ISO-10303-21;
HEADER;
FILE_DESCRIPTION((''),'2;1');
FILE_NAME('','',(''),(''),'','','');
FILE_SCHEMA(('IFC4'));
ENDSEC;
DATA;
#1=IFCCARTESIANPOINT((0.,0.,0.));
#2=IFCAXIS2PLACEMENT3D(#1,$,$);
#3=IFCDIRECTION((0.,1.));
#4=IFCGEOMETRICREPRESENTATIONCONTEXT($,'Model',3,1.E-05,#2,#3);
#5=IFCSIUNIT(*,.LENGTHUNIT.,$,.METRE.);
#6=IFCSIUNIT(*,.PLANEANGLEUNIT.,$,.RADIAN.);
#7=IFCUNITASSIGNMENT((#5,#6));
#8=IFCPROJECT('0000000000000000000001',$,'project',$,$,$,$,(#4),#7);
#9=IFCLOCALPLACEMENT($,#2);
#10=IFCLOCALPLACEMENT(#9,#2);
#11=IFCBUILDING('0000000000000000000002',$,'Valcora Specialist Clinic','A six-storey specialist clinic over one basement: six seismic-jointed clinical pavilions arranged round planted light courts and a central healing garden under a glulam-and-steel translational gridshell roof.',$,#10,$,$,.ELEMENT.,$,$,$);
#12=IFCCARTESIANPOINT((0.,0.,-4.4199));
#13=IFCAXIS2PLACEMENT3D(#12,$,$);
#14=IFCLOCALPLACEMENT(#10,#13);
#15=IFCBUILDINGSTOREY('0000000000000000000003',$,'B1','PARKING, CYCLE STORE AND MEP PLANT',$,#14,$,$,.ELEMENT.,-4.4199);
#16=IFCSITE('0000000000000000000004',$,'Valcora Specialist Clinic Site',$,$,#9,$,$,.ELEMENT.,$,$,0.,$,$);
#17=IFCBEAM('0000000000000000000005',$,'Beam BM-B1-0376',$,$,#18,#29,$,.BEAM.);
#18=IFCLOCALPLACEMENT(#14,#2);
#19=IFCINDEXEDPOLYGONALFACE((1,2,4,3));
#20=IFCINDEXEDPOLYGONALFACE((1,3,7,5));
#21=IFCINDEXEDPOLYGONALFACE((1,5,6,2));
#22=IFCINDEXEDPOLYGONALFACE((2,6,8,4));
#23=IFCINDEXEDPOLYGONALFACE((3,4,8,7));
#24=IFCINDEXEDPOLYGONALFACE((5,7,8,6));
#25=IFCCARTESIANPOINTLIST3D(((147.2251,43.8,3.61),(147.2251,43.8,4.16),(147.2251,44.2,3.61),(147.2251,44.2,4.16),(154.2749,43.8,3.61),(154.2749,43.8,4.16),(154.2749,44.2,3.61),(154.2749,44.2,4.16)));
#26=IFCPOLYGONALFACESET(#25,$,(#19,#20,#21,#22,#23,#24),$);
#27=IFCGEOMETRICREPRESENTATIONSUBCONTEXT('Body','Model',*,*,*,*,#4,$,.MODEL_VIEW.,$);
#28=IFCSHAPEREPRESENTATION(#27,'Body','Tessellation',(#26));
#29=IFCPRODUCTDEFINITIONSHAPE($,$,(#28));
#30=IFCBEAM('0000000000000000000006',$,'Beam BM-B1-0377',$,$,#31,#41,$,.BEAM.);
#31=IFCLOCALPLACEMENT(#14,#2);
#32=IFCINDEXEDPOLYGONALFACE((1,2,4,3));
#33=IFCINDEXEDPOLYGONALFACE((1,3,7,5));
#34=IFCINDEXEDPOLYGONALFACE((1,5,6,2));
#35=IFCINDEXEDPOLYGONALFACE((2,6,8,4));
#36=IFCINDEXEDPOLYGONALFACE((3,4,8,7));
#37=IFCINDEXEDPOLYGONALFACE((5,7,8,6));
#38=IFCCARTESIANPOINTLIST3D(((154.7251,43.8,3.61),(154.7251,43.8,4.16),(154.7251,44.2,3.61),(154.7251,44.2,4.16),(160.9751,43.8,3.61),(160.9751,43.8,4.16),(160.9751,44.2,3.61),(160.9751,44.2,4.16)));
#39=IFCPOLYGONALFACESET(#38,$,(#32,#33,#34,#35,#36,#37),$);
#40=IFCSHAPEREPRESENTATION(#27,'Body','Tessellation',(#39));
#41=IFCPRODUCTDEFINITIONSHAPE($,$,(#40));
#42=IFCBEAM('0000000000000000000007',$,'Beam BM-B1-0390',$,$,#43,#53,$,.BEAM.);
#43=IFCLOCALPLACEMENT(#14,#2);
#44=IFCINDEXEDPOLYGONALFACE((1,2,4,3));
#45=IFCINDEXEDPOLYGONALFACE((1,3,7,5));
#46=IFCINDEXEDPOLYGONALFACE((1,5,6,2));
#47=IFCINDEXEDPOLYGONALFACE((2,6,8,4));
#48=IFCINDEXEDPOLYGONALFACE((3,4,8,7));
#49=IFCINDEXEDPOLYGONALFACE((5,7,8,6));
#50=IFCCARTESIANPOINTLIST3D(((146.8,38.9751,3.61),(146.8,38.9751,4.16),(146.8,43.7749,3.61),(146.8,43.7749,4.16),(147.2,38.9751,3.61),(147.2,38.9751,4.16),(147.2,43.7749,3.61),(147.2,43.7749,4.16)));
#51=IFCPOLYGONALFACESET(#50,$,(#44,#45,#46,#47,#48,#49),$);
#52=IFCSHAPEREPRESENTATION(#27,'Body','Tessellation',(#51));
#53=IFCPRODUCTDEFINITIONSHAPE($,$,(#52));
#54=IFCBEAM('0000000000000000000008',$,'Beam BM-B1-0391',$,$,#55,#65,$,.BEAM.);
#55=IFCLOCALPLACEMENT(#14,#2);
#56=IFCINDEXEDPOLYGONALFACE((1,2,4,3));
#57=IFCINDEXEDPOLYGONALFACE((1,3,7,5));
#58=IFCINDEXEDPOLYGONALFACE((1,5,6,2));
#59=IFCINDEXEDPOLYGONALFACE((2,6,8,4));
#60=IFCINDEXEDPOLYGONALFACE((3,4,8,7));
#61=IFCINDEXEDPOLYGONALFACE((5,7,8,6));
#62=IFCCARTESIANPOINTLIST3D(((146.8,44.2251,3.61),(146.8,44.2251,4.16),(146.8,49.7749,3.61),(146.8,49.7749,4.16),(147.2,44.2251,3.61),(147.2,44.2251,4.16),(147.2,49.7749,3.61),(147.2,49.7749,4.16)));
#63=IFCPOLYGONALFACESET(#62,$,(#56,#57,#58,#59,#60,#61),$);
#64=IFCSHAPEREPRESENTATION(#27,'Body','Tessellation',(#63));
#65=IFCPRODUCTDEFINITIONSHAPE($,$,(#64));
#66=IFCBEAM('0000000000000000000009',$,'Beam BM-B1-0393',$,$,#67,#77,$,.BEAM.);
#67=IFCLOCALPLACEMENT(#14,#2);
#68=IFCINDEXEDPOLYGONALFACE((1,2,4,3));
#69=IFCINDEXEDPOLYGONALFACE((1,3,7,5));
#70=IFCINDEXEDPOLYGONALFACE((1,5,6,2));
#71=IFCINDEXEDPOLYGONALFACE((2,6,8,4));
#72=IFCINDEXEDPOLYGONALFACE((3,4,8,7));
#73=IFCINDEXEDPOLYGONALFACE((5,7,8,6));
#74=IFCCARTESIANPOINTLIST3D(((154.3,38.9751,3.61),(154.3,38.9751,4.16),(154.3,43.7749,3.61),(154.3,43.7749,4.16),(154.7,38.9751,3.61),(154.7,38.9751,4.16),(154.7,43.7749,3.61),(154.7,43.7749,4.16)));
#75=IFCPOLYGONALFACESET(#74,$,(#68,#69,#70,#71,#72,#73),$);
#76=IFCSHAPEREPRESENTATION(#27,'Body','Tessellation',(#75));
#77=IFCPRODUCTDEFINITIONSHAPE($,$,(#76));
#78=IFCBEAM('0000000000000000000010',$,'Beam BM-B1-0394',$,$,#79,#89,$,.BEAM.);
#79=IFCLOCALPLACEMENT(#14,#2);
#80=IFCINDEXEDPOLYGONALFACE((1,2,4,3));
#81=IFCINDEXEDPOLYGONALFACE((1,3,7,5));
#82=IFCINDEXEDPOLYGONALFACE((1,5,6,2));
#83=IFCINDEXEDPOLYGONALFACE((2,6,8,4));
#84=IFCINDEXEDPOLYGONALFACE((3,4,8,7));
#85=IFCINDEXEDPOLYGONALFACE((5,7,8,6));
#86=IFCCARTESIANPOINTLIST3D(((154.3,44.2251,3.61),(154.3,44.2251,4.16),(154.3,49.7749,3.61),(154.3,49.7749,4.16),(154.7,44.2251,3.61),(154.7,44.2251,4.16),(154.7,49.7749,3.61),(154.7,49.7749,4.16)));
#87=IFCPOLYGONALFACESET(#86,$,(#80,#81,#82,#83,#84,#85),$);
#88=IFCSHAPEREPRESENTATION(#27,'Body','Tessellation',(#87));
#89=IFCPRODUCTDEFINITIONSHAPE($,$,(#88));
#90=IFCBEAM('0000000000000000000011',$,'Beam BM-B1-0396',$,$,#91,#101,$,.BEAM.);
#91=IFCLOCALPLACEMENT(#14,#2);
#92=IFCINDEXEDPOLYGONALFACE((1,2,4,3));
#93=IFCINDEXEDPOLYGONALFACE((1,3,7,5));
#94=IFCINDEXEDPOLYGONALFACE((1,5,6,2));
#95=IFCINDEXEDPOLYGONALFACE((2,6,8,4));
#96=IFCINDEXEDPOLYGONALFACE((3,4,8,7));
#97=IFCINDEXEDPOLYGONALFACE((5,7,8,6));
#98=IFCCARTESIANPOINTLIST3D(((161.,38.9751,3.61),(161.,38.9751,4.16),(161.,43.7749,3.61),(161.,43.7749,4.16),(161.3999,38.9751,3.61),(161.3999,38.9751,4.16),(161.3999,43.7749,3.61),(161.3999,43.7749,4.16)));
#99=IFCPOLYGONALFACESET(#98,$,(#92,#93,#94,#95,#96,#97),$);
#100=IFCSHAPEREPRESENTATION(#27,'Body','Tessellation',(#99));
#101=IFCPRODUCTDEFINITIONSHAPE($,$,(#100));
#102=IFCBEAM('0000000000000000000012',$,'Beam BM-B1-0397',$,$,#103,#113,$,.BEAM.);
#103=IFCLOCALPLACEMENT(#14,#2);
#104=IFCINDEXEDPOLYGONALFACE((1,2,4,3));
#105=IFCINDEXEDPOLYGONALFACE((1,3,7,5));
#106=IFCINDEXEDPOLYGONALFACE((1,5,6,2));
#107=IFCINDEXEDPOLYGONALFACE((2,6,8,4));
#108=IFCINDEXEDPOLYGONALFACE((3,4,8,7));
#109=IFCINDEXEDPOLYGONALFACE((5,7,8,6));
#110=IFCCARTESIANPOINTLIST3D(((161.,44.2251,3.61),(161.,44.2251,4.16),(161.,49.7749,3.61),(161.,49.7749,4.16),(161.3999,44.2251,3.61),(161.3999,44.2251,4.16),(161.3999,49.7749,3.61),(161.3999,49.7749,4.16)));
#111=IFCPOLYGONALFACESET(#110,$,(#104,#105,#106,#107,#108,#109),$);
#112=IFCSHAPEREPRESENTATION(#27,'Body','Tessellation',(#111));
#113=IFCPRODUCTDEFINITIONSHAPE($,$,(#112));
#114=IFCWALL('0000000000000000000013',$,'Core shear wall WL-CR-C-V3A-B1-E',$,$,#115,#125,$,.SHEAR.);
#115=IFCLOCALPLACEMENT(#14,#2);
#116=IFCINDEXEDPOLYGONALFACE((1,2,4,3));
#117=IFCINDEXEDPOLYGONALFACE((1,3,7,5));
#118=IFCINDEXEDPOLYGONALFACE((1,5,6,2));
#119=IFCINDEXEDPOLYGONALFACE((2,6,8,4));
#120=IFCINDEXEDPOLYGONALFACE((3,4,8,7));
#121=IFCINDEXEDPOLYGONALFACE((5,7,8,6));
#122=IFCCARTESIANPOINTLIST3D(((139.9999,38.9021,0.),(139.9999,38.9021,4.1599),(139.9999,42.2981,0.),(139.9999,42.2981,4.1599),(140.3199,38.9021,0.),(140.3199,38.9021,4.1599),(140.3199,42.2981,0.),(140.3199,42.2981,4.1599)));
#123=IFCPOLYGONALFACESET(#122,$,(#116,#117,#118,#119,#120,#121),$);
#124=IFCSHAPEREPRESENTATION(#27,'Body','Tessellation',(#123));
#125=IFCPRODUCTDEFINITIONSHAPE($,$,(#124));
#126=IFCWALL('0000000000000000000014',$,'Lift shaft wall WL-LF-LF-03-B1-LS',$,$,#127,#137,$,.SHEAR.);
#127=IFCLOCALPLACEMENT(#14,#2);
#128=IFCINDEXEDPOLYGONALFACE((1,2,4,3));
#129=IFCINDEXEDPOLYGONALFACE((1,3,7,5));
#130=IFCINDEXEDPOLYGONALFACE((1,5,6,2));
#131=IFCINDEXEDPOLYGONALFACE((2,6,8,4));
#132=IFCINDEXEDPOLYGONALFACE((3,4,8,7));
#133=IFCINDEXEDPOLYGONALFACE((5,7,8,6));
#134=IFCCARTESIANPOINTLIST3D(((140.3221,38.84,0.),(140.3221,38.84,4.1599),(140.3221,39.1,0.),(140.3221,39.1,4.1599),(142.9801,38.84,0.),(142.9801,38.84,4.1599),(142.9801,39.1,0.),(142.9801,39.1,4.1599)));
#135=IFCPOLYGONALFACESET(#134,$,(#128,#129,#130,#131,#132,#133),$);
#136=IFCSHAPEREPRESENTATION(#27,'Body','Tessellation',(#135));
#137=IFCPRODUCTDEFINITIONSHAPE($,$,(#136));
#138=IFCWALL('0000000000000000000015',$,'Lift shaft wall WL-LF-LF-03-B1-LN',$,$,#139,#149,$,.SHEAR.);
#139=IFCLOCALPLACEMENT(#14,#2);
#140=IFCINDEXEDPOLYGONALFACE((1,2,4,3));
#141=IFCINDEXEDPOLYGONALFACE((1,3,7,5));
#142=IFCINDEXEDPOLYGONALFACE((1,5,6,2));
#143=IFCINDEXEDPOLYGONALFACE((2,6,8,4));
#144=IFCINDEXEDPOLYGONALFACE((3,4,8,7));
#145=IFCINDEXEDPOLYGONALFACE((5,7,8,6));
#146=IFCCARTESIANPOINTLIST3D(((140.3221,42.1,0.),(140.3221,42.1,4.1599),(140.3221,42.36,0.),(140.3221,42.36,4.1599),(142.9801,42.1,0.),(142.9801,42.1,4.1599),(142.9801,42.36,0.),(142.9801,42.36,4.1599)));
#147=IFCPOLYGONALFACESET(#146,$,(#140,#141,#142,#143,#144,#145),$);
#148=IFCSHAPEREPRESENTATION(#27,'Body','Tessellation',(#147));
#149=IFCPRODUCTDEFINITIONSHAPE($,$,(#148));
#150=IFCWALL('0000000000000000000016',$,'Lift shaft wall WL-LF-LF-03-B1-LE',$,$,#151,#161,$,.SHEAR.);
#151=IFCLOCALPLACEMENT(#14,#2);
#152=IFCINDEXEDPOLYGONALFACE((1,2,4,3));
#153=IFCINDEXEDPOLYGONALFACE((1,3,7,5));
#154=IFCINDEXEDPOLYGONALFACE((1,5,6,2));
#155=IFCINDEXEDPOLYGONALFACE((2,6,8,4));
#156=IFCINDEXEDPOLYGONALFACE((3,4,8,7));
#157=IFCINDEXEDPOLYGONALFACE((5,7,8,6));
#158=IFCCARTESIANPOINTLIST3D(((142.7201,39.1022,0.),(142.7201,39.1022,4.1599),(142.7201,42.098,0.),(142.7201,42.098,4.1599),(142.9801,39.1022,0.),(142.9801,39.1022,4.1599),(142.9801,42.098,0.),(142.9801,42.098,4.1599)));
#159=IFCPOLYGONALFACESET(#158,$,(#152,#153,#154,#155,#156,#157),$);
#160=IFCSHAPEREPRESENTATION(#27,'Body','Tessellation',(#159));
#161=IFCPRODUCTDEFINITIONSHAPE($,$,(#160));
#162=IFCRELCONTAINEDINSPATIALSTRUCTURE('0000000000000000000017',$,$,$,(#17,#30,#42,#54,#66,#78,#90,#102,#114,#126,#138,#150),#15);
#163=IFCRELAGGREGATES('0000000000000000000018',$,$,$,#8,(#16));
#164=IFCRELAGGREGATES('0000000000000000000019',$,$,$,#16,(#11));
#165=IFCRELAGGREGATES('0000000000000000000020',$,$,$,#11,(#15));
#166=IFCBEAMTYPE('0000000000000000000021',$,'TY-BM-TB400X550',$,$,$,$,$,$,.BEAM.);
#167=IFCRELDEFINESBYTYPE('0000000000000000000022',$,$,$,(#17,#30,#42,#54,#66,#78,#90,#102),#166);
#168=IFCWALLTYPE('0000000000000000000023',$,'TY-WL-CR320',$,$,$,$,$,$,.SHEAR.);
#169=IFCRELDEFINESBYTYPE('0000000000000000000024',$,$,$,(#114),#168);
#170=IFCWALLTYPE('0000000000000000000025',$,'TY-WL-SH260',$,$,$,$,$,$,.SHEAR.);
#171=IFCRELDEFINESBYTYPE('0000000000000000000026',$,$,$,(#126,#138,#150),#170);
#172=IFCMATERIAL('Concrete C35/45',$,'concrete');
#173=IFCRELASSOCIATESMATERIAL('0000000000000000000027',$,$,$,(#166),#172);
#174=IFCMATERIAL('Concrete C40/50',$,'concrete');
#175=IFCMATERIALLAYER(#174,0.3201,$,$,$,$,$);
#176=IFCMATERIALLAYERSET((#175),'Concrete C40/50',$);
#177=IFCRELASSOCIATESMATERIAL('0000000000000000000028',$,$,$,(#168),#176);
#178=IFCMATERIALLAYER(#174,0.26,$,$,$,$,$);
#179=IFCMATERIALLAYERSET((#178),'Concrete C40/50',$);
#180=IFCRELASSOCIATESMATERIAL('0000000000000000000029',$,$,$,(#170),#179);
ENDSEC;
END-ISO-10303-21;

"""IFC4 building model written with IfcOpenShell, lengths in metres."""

from ifc_helpers import new_model, si_unit, direction, frame, frame_2d, origin, origin_2d, place, context, subcontext, project, spatial, rectangle, extrude, material, layer, layer_set, material_profile, profile_set, type_object, element, save


model = new_model("IFC4")

# Units and contexts
model_context = context("Model", 3, precision=1e-05, world=origin(), true_north=direction((0.0, 1.0)))
body_context = subcontext(model_context, "Body", "Model", "MODEL_VIEW")
ifc_project = project(units=[si_unit("LENGTHUNIT", "METRE"), si_unit("PLANEANGLEUNIT", "RADIAN")], contexts=[model_context])

# Site, building, storey
site_placement = place(None, origin())
site = spatial("IfcSite", under=ifc_project, at=site_placement, Name="Valcora Specialist Clinic Site", CompositionType="ELEMENT", RefElevation=0.0)
building_placement = place(site_placement, origin())
building = spatial("IfcBuilding", under=site, at=building_placement, Name="Valcora Specialist Clinic", Description="A six-storey specialist clinic over one basement: six seismic-jointed clinical pavilions arranged round planted light courts and a central healing garden under a glulam-and-steel translational gridshell roof.", CompositionType="ELEMENT")
storey_placement = place(building_placement, frame((0.0, 0.0, -4.4199)))
storey = spatial("IfcBuildingStorey", under=building, at=storey_placement, Name="B1", Description="PARKING, CYCLE STORE AND MEP PLANT", CompositionType="ELEMENT", Elevation=-4.4199)

# Shared definitions
ifc_material_1 = material(Name="Concrete C35/45", Category="concrete")

# Shared definitions
ifc_material_2 = material(Name="Concrete C40/50", Category="concrete")

# Beams
ifc_material_profile_1 = material_profile(ifc_material_1, rectangle(XDim=0.3999, YDim=0.55, at=origin_2d()), Name="RC-TB-400X550")
ifc_profile_set_1 = profile_set([ifc_material_profile_1], Name="Concrete C35/45")
beam_type = type_object("IfcBeamType", Name="TY-BM-TB400X550", PredefinedType="BEAM", material=ifc_profile_set_1)
beam_1_placement = place(storey_placement, frame((147.2251, 44.0, 3.885), z_axis=(1.0, 0.0, 0.0), x_axis=(0.0, 1.0, 0.0)))
element("IfcBeam", 1, at=beam_1_placement, inside=storey, type_object=beam_type, Name="Beam BM-B1-0376", PredefinedType="BEAM", context=body_context, shape_type="SweptSolid", body=[
    extrude(rectangle(XDim=0.3999, YDim=0.55, at=origin_2d()), origin(), (0.0, 0.0, 1.0), 7.0498),
])
beam_2_placement = place(storey_placement, frame((154.7251, 44.0, 3.885), z_axis=(1.0, 0.0, 0.0), x_axis=(0.0, 1.0, 0.0)))
element("IfcBeam", 2, at=beam_2_placement, inside=storey, type_object=beam_type, Name="Beam BM-B1-0377", PredefinedType="BEAM", context=body_context, shape_type="SweptSolid", body=[
    extrude(rectangle(XDim=0.3999, YDim=0.55, at=origin_2d()), origin(), (0.0, 0.0, 1.0), 6.25),
])
beam_3_placement = place(storey_placement, frame((147.0, 38.9751, 3.885), z_axis=(0.0, 1.0, 0.0), x_axis=(-1.0, 0.0, 0.0)))
element("IfcBeam", 3, at=beam_3_placement, inside=storey, type_object=beam_type, Name="Beam BM-B1-0390", PredefinedType="BEAM", context=body_context, shape_type="SweptSolid", body=[
    extrude(rectangle(XDim=0.3999, YDim=0.55, at=origin_2d()), origin(), (0.0, 0.0, 1.0), 4.7998),
])
beam_4_placement = place(storey_placement, frame((147.0, 44.2251, 3.885), z_axis=(0.0, 1.0, 0.0), x_axis=(-1.0, 0.0, 0.0)))
element("IfcBeam", 4, at=beam_4_placement, inside=storey, type_object=beam_type, Name="Beam BM-B1-0391", PredefinedType="BEAM", context=body_context, shape_type="SweptSolid", body=[
    extrude(rectangle(XDim=0.3999, YDim=0.55, at=origin_2d()), origin(), (0.0, 0.0, 1.0), 5.5498),
])
beam_5_placement = place(storey_placement, frame((154.5, 38.9751, 3.885), z_axis=(0.0, 1.0, 0.0), x_axis=(-1.0, 0.0, 0.0)))
element("IfcBeam", 5, at=beam_5_placement, inside=storey, type_object=beam_type, Name="Beam BM-B1-0393", PredefinedType="BEAM", context=body_context, shape_type="SweptSolid", body=[
    extrude(rectangle(XDim=0.3999, YDim=0.55, at=origin_2d()), origin(), (0.0, 0.0, 1.0), 4.7998),
])
beam_6_placement = place(storey_placement, frame((154.5, 44.2251, 3.885), z_axis=(0.0, 1.0, 0.0), x_axis=(-1.0, 0.0, 0.0)))
element("IfcBeam", 6, at=beam_6_placement, inside=storey, type_object=beam_type, Name="Beam BM-B1-0394", PredefinedType="BEAM", context=body_context, shape_type="SweptSolid", body=[
    extrude(rectangle(XDim=0.3999, YDim=0.55, at=origin_2d()), origin(), (0.0, 0.0, 1.0), 5.5498),
])
beam_7_placement = place(storey_placement, frame((161.2, 38.9751, 3.885), z_axis=(0.0, 1.0, 0.0), x_axis=(-1.0, 0.0, 0.0)))
element("IfcBeam", 7, at=beam_7_placement, inside=storey, type_object=beam_type, Name="Beam BM-B1-0396", PredefinedType="BEAM", context=body_context, shape_type="SweptSolid", body=[
    extrude(rectangle(XDim=0.3999, YDim=0.55, at=origin_2d()), origin(), (0.0, 0.0, 1.0), 4.7998),
])
beam_8_placement = place(storey_placement, frame((161.2, 44.2251, 3.885), z_axis=(0.0, 1.0, 0.0), x_axis=(-1.0, 0.0, 0.0)))
element("IfcBeam", 8, at=beam_8_placement, inside=storey, type_object=beam_type, Name="Beam BM-B1-0397", PredefinedType="BEAM", context=body_context, shape_type="SweptSolid", body=[
    extrude(rectangle(XDim=0.3999, YDim=0.55, at=origin_2d()), origin(), (0.0, 0.0, 1.0), 5.5498),
])

# Walls
ifc_layer_1 = layer(ifc_material_2, 0.3201)
ifc_layer_set_1 = layer_set([ifc_layer_1], Name="Concrete C40/50")
wall_type_1 = type_object("IfcWallType", Name="TY-WL-CR320", PredefinedType="SHEAR", material=ifc_layer_set_1)
wall_1_placement = place(storey_placement, frame((140.1599, 38.9021, 0.0), z_axis=(0.0, 0.0, 1.0), x_axis=(0.0, 1.0, 0.0)))
element("IfcWall", 9, at=wall_1_placement, inside=storey, type_object=wall_type_1, Name="Core shear wall WL-CR-C-V3A-B1-E", PredefinedType="SHEAR", context=body_context, shape_type="SweptSolid", body=[
    extrude(rectangle(XDim=3.396, YDim=0.3201, at=frame_2d((1.698, 0.0))), origin(), (0.0, 0.0, 1.0), 4.1599),
])
ifc_layer_2 = layer(ifc_material_2, 0.26)
ifc_layer_set_2 = layer_set([ifc_layer_2], Name="Concrete C40/50")
wall_type_2 = type_object("IfcWallType", Name="TY-WL-SH260", PredefinedType="SHEAR", material=ifc_layer_set_2)
for number, where, z_axis, x_axis, name in (
    (10, (140.322, 38.97, 0.0), (0.0, 0.0, 1.0), (1.0, 0.0, 0.0), "Lift shaft wall WL-LF-LF-03-B1-LS"),
    (11, (140.322, 42.23, 0.0), (0.0, 0.0, 1.0), (1.0, 0.0, 0.0), "Lift shaft wall WL-LF-LF-03-B1-LN"),
):
    element("IfcWall", number, at=place(storey_placement, frame(where, z_axis=z_axis, x_axis=x_axis)), inside=storey, type_object=wall_type_2, Name=name, PredefinedType="SHEAR", context=body_context, shape_type="SweptSolid", body=[
        extrude(rectangle(XDim=2.658, YDim=0.26, at=frame_2d((1.3291, 0.0))), origin(), (0.0, 0.0, 1.0), 4.1599),
    ])
wall_2_placement = place(storey_placement, frame((142.8501, 39.1021, 0.0), z_axis=(0.0, 0.0, 1.0), x_axis=(0.0, 1.0, 0.0)))
element("IfcWall", 12, at=wall_2_placement, inside=storey, type_object=wall_type_2, Name="Lift shaft wall WL-LF-LF-03-B1-LE", PredefinedType="SHEAR", context=body_context, shape_type="SweptSolid", body=[
    extrude(rectangle(XDim=2.9958, YDim=0.26, at=frame_2d((1.498, 0.0))), origin(), (0.0, 0.0, 1.0), 4.1599),
])

save(model, "model.ifc")
